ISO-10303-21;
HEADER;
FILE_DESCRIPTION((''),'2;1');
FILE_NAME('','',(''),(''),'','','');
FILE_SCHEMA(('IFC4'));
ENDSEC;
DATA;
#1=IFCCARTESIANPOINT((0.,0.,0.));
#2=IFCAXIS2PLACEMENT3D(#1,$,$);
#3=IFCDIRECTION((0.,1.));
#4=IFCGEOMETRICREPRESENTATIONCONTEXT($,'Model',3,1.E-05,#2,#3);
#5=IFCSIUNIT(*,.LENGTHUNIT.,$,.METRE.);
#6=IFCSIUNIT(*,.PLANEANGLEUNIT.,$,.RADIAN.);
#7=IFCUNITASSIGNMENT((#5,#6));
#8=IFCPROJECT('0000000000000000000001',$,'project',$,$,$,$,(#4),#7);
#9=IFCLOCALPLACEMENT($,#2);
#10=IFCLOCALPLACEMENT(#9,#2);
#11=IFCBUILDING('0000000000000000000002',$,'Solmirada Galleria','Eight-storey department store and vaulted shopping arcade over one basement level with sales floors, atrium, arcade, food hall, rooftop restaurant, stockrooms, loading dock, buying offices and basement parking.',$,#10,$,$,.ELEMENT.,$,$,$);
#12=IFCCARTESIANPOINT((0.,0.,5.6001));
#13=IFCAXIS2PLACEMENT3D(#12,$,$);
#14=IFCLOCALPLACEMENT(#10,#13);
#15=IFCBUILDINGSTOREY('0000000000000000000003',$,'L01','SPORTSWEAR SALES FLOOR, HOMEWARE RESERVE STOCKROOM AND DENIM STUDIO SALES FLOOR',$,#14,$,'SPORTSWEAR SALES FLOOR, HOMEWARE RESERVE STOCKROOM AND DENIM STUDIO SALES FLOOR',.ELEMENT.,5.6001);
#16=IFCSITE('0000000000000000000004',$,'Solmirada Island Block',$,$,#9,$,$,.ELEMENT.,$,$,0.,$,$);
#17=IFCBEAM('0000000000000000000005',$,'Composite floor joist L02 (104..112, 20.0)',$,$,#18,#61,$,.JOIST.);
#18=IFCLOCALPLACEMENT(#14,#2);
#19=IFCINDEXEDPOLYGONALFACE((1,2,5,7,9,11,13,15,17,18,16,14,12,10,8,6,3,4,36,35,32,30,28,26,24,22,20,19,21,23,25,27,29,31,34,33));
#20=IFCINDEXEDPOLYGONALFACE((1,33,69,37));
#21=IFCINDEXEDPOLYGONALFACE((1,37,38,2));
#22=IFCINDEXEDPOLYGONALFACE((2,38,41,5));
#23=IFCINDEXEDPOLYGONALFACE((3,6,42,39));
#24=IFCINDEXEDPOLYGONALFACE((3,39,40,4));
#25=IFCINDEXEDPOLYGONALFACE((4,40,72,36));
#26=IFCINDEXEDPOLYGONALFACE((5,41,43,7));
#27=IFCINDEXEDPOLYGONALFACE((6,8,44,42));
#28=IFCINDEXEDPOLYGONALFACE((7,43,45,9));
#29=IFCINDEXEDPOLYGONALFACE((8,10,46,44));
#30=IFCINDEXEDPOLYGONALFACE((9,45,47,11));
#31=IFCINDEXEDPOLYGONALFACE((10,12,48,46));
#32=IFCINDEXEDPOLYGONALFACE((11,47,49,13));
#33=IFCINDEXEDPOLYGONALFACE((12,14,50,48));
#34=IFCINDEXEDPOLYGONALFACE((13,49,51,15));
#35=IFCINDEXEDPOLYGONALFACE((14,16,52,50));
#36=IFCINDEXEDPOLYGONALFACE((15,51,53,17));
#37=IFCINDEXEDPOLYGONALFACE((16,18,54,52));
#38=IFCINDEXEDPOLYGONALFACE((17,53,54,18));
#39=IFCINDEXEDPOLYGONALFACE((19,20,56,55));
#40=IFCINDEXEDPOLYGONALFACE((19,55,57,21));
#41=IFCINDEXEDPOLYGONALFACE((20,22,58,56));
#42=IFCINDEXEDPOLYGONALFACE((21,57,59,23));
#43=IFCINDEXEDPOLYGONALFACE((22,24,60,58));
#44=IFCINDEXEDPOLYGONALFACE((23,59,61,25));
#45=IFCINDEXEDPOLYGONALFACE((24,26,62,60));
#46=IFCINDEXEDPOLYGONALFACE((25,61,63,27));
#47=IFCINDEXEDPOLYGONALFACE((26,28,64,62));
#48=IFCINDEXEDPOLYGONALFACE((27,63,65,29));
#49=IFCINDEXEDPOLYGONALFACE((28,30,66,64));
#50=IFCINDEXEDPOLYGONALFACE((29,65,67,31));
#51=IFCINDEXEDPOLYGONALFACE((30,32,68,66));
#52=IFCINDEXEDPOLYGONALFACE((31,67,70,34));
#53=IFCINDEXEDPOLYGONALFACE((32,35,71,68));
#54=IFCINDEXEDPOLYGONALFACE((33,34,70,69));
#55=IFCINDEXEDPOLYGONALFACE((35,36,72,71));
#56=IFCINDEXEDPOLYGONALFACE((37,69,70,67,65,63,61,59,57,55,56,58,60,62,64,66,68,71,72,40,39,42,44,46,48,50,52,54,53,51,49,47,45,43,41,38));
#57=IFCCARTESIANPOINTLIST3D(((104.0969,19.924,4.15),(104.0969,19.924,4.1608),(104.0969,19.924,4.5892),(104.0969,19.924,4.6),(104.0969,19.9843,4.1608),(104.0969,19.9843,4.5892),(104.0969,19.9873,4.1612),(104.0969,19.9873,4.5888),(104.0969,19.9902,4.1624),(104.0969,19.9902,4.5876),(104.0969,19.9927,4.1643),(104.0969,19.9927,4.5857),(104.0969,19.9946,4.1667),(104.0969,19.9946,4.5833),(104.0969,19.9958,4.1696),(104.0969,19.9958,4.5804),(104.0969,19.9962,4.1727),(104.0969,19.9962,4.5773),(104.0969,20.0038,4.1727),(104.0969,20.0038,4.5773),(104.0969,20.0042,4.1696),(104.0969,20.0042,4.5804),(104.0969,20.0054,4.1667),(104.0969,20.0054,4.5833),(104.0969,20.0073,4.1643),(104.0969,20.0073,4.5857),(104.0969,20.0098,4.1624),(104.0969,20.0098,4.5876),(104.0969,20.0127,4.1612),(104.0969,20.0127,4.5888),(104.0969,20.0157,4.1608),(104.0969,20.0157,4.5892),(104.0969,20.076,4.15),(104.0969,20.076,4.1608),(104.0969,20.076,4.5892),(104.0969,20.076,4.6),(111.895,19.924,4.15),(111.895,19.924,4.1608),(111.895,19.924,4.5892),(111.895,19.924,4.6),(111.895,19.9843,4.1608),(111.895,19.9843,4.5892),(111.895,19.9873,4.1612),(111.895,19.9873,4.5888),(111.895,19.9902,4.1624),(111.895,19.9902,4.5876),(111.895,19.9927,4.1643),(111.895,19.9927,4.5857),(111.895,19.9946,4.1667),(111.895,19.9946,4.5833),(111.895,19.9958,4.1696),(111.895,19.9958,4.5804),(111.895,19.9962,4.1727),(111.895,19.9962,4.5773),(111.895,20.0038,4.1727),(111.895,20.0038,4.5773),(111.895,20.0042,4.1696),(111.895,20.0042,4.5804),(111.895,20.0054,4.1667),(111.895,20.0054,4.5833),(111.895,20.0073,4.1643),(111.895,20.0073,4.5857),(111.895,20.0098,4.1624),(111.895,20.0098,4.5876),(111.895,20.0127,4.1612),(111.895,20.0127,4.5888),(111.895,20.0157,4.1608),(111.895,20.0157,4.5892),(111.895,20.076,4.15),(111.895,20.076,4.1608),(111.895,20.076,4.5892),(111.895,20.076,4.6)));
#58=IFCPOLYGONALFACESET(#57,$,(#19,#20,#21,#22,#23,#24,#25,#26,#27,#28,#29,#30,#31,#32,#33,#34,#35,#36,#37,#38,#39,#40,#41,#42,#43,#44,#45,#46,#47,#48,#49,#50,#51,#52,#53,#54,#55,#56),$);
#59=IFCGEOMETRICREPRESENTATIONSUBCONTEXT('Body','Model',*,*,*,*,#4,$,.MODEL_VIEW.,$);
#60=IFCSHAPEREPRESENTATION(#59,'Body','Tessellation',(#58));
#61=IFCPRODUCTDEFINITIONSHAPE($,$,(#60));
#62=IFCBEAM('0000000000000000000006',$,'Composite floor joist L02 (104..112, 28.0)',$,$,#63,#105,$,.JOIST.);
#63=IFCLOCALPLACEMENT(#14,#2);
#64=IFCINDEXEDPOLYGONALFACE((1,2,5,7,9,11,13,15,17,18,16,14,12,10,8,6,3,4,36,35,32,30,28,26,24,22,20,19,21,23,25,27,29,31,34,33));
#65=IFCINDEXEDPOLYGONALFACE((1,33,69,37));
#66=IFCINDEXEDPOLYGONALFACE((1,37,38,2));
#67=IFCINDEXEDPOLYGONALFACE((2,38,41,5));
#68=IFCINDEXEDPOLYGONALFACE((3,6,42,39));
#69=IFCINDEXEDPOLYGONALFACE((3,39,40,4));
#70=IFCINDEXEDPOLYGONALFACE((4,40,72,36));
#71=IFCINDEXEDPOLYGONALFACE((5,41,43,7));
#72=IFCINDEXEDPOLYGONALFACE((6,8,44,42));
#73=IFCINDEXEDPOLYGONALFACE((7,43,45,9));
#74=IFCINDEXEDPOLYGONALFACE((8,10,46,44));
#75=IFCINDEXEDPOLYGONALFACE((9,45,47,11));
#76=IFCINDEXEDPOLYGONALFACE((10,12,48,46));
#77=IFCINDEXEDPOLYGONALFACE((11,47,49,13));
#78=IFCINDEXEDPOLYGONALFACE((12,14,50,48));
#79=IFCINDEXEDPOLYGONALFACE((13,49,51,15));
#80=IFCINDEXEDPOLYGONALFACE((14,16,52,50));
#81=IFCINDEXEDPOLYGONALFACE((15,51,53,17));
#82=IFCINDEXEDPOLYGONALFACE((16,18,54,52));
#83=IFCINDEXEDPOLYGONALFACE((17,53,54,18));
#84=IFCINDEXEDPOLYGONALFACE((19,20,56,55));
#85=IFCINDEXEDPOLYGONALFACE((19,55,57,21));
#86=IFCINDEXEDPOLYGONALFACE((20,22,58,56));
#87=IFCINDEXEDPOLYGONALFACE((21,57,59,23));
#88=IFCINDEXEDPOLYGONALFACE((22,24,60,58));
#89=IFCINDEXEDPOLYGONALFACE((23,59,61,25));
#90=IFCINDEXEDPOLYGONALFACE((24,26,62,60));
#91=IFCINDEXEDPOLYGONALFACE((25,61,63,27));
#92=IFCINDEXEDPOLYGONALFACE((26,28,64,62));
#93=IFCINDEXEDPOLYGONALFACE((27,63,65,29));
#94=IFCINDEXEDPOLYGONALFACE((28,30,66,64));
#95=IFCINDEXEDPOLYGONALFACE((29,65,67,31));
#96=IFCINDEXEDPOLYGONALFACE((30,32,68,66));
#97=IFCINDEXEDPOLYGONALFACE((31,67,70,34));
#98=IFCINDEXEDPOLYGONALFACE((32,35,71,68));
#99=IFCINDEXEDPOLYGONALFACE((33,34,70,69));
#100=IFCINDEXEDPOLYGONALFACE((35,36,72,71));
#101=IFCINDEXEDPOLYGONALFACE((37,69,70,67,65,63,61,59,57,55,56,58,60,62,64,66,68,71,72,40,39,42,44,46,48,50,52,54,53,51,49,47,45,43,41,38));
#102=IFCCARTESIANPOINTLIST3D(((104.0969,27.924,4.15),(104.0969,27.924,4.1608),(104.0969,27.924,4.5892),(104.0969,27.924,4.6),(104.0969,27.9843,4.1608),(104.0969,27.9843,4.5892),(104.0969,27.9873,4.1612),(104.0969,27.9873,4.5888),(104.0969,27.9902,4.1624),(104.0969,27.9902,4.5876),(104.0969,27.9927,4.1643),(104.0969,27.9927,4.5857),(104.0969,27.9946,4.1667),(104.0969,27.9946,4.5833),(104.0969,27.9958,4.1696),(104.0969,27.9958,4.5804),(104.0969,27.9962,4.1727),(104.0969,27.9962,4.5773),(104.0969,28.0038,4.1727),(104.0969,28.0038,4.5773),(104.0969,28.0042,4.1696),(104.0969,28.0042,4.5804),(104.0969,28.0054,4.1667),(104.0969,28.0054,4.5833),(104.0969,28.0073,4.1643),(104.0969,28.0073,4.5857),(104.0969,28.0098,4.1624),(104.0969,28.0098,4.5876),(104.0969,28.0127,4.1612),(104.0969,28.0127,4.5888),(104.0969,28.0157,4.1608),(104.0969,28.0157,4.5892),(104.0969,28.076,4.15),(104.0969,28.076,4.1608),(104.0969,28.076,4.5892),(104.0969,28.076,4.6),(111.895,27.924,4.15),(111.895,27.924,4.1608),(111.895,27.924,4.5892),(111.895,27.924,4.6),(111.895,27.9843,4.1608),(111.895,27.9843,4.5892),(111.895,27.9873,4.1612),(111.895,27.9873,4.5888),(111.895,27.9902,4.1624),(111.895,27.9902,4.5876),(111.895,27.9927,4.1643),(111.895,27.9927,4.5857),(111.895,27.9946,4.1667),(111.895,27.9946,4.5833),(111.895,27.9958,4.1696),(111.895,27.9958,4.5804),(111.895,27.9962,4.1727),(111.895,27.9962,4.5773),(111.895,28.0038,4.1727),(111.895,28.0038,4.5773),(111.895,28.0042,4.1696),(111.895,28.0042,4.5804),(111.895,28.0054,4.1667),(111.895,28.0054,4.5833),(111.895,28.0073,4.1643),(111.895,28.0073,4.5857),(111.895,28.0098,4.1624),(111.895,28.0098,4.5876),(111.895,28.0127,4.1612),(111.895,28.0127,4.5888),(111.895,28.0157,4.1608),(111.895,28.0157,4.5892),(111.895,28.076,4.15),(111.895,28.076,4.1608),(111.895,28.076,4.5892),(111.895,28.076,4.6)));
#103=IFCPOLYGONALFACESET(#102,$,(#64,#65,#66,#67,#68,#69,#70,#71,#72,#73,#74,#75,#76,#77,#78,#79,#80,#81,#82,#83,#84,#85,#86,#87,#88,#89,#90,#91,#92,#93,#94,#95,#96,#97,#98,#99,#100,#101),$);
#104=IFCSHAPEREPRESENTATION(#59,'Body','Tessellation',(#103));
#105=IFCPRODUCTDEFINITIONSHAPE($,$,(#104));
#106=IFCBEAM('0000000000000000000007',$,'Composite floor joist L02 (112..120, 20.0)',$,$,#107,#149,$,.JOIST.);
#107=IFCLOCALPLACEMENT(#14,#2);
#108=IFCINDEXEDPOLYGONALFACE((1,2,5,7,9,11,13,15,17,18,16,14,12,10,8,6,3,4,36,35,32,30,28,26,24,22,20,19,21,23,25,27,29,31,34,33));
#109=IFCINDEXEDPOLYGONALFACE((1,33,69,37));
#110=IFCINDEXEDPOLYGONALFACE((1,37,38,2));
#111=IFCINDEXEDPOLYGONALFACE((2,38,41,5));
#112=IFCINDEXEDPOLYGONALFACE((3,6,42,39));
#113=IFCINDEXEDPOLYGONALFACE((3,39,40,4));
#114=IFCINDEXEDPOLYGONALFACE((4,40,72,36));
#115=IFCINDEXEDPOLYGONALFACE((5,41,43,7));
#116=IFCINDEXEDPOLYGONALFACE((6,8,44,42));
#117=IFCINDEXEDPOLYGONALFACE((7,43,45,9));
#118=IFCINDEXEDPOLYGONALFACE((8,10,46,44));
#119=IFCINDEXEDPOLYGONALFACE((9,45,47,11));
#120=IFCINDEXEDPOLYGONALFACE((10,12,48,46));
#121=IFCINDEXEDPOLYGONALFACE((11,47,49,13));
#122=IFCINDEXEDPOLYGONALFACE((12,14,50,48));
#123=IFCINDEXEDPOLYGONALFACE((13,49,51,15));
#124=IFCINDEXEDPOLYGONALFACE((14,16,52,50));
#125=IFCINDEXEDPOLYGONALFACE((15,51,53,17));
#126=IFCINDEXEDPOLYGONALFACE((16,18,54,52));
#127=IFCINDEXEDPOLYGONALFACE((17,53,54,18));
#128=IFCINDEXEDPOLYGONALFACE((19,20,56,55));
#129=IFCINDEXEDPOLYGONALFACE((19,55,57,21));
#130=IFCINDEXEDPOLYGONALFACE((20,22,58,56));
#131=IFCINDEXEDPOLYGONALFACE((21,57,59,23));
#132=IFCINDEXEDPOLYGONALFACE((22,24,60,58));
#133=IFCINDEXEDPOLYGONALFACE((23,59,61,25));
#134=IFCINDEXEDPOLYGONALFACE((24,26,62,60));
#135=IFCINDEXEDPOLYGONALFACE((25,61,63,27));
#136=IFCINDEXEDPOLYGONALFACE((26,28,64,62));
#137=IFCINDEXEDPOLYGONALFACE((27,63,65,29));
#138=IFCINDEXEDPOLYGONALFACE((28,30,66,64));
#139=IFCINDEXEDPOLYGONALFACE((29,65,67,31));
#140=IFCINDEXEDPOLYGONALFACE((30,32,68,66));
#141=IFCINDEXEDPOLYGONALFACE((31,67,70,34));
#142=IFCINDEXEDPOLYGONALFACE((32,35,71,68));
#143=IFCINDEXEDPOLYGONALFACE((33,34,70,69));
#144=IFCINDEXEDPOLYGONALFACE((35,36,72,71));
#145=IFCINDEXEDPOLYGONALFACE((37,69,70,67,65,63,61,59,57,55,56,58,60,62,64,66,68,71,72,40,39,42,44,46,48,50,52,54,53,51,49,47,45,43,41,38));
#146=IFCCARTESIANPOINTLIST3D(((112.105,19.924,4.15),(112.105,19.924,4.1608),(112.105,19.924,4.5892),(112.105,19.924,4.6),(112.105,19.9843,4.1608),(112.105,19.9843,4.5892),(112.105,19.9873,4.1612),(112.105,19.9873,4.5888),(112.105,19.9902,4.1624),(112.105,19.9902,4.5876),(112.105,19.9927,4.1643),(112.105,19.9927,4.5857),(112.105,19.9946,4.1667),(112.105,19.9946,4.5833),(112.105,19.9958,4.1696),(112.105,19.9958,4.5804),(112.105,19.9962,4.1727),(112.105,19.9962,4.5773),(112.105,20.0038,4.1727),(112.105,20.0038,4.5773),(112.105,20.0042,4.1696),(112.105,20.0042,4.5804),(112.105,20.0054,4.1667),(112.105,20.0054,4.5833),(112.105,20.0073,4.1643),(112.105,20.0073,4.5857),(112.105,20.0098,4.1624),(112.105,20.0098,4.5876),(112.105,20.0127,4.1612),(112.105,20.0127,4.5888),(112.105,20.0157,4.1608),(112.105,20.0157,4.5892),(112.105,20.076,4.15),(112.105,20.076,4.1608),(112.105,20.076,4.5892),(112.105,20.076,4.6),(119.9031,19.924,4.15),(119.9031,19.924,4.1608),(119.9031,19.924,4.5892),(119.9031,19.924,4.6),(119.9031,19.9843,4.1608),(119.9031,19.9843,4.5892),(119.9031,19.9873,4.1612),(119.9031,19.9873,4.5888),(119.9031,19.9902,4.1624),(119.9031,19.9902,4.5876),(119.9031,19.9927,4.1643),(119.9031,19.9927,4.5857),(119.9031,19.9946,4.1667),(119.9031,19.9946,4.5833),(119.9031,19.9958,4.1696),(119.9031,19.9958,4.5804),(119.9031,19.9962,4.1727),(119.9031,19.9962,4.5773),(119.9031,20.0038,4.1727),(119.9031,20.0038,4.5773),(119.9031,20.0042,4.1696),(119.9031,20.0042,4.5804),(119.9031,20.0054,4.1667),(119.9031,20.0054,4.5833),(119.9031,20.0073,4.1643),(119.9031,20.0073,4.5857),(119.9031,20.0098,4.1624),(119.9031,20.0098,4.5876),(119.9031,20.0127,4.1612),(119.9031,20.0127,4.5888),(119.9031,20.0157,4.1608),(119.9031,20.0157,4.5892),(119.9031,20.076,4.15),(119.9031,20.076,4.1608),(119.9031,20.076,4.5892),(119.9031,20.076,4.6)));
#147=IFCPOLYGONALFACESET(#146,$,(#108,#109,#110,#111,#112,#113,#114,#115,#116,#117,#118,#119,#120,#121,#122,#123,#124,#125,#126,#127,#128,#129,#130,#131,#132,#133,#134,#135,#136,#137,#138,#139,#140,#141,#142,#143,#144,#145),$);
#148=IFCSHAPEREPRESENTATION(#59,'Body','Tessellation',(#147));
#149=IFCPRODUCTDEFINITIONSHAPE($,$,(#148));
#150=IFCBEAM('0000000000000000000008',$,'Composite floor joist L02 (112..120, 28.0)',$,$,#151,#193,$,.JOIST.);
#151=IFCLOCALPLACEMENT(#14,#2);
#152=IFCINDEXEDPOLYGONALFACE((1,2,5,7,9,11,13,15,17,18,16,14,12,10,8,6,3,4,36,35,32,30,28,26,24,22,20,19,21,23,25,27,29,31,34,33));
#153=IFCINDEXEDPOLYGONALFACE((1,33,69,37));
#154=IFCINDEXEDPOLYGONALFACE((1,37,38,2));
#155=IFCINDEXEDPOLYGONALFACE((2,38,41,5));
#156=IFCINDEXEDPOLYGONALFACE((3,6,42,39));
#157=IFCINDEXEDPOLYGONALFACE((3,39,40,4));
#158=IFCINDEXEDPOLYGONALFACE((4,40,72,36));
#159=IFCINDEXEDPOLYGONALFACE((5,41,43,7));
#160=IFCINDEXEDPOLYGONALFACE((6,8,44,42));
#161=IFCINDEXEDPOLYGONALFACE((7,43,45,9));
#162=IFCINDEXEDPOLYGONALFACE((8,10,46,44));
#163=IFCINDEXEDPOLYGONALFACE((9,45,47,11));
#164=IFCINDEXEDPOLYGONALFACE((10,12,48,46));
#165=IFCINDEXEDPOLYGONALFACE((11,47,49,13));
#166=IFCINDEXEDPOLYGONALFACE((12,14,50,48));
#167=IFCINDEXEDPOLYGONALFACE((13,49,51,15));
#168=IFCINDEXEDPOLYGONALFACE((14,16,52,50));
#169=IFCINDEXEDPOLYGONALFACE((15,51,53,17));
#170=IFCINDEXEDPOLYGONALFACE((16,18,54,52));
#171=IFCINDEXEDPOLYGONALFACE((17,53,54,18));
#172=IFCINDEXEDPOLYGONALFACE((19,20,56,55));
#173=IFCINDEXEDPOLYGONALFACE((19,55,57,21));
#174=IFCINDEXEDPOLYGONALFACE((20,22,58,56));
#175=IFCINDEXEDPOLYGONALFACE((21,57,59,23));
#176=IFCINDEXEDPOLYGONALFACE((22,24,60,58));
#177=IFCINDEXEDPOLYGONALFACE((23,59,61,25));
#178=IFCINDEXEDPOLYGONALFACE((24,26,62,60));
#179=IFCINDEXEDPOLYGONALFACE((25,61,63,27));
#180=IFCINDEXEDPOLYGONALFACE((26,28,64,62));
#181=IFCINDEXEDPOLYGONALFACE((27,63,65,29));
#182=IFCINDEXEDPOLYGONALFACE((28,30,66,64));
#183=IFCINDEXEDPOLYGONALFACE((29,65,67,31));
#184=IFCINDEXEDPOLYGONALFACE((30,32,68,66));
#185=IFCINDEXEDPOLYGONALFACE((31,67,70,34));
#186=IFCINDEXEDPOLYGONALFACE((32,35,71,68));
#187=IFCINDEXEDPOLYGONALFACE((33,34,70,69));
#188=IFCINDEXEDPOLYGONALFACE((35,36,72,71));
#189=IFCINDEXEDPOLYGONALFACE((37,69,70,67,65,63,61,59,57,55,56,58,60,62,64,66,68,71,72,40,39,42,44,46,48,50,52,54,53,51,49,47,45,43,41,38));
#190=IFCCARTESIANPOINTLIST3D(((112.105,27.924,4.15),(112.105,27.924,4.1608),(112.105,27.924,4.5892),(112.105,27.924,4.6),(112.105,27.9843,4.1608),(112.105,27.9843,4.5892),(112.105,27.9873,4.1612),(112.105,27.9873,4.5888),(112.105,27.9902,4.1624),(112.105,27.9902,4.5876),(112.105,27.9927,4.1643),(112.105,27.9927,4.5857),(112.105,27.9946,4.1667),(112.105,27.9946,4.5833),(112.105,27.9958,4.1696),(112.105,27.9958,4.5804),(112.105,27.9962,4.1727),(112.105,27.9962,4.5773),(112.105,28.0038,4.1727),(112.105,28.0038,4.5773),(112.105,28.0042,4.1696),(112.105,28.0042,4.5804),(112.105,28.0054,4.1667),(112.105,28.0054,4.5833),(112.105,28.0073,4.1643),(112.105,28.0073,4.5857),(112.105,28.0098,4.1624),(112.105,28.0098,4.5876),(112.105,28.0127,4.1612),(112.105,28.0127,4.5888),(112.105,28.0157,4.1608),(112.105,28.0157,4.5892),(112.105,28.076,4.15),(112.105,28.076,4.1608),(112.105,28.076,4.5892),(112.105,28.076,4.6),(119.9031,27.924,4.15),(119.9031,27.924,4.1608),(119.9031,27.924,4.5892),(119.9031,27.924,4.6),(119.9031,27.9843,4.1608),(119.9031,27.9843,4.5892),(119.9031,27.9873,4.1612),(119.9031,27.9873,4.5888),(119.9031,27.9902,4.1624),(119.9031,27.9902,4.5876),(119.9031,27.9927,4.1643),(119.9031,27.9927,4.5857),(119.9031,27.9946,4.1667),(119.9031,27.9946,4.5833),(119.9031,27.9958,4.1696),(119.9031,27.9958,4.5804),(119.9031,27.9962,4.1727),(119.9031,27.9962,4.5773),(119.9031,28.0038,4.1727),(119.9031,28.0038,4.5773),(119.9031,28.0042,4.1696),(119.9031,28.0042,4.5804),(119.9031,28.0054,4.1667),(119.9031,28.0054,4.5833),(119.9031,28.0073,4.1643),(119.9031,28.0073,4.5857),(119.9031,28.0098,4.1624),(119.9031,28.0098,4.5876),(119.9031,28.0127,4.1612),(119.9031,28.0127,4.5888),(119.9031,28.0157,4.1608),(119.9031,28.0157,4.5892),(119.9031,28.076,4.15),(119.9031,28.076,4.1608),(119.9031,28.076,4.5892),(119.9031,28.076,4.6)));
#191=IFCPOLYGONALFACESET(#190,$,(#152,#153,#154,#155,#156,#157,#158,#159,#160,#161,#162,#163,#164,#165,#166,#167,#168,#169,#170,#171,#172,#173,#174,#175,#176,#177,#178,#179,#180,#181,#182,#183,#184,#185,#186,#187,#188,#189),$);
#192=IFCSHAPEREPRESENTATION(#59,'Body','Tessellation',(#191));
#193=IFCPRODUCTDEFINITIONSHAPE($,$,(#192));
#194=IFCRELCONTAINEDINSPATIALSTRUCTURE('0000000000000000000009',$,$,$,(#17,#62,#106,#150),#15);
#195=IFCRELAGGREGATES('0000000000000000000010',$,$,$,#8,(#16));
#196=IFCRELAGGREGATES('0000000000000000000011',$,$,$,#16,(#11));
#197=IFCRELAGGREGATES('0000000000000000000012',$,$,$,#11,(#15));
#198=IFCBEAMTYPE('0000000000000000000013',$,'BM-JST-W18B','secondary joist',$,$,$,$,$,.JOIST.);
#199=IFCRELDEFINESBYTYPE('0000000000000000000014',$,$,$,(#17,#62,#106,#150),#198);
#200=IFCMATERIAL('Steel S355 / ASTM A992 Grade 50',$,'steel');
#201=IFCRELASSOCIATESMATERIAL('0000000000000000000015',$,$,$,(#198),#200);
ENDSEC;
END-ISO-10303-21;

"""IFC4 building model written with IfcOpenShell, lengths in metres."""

from ifc_helpers import new_model, si_unit, direction, frame, origin, origin_2d, place, context, subcontext, project, spatial, i_section, extrude, material, material_profile, profile_set, type_object, element, save


model = new_model("IFC4")

# Units and contexts
model_context = context("Model", 3, precision=1e-05, world=origin(), true_north=direction((0.0, 1.0)))
body_context = subcontext(model_context, "Body", "Model", "MODEL_VIEW")
ifc_project = project(units=[si_unit("LENGTHUNIT", "METRE"), si_unit("PLANEANGLEUNIT", "RADIAN")], contexts=[model_context])

# Site, building, storey
site_placement = place(None, origin())
site = spatial("IfcSite", under=ifc_project, at=site_placement, Name="Solmirada Island Block", CompositionType="ELEMENT", RefElevation=0.0)
building_placement = place(site_placement, origin())
building = spatial("IfcBuilding", under=site, at=building_placement, Name="Solmirada Galleria", Description="Eight-storey department store and vaulted shopping arcade over one basement level with sales floors, atrium, arcade, food hall, rooftop restaurant, stockrooms, loading dock, buying offices and basement parking.", CompositionType="ELEMENT")
storey_placement = place(building_placement, frame((0.0, 0.0, 5.6001)))
storey = spatial("IfcBuildingStorey", under=building, at=storey_placement, Name="L01", Description="SPORTSWEAR SALES FLOOR, HOMEWARE RESERVE STOCKROOM AND DENIM STUDIO SALES FLOOR", LongName="SPORTSWEAR SALES FLOOR, HOMEWARE RESERVE STOCKROOM AND DENIM STUDIO SALES FLOOR", CompositionType="ELEMENT", Elevation=5.6001)

# Beams
ifc_material_1 = material(Name="Steel S355 / ASTM A992 Grade 50", Category="steel")
ifc_material_profile_1 = material_profile(ifc_material_1, i_section(OverallWidth=0.1521, OverallDepth=0.45, WebThickness=0.0076, FlangeThickness=0.0107, FilletRadius=0.012, at=origin_2d()), Name="W18X35")
ifc_profile_set_1 = profile_set([ifc_material_profile_1], Name="Steel S355 / ASTM A992 Grade 50")
beam_type_1 = type_object("IfcBeamType", Name="BM-JST-W18B", Description="secondary joist", PredefinedType="JOIST", material=ifc_profile_set_1)
for number, where, z_axis, x_axis, name in (
    (1, (104.0969, 20.0, 4.375), (1.0, 0.0, 0.0), (0.0, 1.0, 0.0), "Composite floor joist L02 (104..112, 20.0)"),
    (2, (104.0969, 28.0, 4.375), (1.0, 0.0, 0.0), (0.0, 1.0, 0.0), "Composite floor joist L02 (104..112, 28.0)"),
    (3, (112.105, 20.0, 4.375), (1.0, 0.0, 0.0), (0.0, 1.0, 0.0), "Composite floor joist L02 (112..120, 20.0)"),
    (4, (112.105, 28.0, 4.375), (1.0, 0.0, 0.0), (0.0, 1.0, 0.0), "Composite floor joist L02 (112..120, 28.0)"),
):
    element("IfcBeam", number, at=place(storey_placement, frame(where, z_axis=z_axis, x_axis=x_axis)), inside=storey, type_object=beam_type_1, Name=name, PredefinedType="JOIST", context=body_context, shape_type="SweptSolid", body=[
        extrude(i_section(OverallWidth=0.1521, OverallDepth=0.45, WebThickness=0.0076, FlangeThickness=0.0107, FilletRadius=0.012, at=origin_2d()), origin(), (0.0, 0.0, 1.0), 7.7981),
    ])

save(model, "model.ifc")
